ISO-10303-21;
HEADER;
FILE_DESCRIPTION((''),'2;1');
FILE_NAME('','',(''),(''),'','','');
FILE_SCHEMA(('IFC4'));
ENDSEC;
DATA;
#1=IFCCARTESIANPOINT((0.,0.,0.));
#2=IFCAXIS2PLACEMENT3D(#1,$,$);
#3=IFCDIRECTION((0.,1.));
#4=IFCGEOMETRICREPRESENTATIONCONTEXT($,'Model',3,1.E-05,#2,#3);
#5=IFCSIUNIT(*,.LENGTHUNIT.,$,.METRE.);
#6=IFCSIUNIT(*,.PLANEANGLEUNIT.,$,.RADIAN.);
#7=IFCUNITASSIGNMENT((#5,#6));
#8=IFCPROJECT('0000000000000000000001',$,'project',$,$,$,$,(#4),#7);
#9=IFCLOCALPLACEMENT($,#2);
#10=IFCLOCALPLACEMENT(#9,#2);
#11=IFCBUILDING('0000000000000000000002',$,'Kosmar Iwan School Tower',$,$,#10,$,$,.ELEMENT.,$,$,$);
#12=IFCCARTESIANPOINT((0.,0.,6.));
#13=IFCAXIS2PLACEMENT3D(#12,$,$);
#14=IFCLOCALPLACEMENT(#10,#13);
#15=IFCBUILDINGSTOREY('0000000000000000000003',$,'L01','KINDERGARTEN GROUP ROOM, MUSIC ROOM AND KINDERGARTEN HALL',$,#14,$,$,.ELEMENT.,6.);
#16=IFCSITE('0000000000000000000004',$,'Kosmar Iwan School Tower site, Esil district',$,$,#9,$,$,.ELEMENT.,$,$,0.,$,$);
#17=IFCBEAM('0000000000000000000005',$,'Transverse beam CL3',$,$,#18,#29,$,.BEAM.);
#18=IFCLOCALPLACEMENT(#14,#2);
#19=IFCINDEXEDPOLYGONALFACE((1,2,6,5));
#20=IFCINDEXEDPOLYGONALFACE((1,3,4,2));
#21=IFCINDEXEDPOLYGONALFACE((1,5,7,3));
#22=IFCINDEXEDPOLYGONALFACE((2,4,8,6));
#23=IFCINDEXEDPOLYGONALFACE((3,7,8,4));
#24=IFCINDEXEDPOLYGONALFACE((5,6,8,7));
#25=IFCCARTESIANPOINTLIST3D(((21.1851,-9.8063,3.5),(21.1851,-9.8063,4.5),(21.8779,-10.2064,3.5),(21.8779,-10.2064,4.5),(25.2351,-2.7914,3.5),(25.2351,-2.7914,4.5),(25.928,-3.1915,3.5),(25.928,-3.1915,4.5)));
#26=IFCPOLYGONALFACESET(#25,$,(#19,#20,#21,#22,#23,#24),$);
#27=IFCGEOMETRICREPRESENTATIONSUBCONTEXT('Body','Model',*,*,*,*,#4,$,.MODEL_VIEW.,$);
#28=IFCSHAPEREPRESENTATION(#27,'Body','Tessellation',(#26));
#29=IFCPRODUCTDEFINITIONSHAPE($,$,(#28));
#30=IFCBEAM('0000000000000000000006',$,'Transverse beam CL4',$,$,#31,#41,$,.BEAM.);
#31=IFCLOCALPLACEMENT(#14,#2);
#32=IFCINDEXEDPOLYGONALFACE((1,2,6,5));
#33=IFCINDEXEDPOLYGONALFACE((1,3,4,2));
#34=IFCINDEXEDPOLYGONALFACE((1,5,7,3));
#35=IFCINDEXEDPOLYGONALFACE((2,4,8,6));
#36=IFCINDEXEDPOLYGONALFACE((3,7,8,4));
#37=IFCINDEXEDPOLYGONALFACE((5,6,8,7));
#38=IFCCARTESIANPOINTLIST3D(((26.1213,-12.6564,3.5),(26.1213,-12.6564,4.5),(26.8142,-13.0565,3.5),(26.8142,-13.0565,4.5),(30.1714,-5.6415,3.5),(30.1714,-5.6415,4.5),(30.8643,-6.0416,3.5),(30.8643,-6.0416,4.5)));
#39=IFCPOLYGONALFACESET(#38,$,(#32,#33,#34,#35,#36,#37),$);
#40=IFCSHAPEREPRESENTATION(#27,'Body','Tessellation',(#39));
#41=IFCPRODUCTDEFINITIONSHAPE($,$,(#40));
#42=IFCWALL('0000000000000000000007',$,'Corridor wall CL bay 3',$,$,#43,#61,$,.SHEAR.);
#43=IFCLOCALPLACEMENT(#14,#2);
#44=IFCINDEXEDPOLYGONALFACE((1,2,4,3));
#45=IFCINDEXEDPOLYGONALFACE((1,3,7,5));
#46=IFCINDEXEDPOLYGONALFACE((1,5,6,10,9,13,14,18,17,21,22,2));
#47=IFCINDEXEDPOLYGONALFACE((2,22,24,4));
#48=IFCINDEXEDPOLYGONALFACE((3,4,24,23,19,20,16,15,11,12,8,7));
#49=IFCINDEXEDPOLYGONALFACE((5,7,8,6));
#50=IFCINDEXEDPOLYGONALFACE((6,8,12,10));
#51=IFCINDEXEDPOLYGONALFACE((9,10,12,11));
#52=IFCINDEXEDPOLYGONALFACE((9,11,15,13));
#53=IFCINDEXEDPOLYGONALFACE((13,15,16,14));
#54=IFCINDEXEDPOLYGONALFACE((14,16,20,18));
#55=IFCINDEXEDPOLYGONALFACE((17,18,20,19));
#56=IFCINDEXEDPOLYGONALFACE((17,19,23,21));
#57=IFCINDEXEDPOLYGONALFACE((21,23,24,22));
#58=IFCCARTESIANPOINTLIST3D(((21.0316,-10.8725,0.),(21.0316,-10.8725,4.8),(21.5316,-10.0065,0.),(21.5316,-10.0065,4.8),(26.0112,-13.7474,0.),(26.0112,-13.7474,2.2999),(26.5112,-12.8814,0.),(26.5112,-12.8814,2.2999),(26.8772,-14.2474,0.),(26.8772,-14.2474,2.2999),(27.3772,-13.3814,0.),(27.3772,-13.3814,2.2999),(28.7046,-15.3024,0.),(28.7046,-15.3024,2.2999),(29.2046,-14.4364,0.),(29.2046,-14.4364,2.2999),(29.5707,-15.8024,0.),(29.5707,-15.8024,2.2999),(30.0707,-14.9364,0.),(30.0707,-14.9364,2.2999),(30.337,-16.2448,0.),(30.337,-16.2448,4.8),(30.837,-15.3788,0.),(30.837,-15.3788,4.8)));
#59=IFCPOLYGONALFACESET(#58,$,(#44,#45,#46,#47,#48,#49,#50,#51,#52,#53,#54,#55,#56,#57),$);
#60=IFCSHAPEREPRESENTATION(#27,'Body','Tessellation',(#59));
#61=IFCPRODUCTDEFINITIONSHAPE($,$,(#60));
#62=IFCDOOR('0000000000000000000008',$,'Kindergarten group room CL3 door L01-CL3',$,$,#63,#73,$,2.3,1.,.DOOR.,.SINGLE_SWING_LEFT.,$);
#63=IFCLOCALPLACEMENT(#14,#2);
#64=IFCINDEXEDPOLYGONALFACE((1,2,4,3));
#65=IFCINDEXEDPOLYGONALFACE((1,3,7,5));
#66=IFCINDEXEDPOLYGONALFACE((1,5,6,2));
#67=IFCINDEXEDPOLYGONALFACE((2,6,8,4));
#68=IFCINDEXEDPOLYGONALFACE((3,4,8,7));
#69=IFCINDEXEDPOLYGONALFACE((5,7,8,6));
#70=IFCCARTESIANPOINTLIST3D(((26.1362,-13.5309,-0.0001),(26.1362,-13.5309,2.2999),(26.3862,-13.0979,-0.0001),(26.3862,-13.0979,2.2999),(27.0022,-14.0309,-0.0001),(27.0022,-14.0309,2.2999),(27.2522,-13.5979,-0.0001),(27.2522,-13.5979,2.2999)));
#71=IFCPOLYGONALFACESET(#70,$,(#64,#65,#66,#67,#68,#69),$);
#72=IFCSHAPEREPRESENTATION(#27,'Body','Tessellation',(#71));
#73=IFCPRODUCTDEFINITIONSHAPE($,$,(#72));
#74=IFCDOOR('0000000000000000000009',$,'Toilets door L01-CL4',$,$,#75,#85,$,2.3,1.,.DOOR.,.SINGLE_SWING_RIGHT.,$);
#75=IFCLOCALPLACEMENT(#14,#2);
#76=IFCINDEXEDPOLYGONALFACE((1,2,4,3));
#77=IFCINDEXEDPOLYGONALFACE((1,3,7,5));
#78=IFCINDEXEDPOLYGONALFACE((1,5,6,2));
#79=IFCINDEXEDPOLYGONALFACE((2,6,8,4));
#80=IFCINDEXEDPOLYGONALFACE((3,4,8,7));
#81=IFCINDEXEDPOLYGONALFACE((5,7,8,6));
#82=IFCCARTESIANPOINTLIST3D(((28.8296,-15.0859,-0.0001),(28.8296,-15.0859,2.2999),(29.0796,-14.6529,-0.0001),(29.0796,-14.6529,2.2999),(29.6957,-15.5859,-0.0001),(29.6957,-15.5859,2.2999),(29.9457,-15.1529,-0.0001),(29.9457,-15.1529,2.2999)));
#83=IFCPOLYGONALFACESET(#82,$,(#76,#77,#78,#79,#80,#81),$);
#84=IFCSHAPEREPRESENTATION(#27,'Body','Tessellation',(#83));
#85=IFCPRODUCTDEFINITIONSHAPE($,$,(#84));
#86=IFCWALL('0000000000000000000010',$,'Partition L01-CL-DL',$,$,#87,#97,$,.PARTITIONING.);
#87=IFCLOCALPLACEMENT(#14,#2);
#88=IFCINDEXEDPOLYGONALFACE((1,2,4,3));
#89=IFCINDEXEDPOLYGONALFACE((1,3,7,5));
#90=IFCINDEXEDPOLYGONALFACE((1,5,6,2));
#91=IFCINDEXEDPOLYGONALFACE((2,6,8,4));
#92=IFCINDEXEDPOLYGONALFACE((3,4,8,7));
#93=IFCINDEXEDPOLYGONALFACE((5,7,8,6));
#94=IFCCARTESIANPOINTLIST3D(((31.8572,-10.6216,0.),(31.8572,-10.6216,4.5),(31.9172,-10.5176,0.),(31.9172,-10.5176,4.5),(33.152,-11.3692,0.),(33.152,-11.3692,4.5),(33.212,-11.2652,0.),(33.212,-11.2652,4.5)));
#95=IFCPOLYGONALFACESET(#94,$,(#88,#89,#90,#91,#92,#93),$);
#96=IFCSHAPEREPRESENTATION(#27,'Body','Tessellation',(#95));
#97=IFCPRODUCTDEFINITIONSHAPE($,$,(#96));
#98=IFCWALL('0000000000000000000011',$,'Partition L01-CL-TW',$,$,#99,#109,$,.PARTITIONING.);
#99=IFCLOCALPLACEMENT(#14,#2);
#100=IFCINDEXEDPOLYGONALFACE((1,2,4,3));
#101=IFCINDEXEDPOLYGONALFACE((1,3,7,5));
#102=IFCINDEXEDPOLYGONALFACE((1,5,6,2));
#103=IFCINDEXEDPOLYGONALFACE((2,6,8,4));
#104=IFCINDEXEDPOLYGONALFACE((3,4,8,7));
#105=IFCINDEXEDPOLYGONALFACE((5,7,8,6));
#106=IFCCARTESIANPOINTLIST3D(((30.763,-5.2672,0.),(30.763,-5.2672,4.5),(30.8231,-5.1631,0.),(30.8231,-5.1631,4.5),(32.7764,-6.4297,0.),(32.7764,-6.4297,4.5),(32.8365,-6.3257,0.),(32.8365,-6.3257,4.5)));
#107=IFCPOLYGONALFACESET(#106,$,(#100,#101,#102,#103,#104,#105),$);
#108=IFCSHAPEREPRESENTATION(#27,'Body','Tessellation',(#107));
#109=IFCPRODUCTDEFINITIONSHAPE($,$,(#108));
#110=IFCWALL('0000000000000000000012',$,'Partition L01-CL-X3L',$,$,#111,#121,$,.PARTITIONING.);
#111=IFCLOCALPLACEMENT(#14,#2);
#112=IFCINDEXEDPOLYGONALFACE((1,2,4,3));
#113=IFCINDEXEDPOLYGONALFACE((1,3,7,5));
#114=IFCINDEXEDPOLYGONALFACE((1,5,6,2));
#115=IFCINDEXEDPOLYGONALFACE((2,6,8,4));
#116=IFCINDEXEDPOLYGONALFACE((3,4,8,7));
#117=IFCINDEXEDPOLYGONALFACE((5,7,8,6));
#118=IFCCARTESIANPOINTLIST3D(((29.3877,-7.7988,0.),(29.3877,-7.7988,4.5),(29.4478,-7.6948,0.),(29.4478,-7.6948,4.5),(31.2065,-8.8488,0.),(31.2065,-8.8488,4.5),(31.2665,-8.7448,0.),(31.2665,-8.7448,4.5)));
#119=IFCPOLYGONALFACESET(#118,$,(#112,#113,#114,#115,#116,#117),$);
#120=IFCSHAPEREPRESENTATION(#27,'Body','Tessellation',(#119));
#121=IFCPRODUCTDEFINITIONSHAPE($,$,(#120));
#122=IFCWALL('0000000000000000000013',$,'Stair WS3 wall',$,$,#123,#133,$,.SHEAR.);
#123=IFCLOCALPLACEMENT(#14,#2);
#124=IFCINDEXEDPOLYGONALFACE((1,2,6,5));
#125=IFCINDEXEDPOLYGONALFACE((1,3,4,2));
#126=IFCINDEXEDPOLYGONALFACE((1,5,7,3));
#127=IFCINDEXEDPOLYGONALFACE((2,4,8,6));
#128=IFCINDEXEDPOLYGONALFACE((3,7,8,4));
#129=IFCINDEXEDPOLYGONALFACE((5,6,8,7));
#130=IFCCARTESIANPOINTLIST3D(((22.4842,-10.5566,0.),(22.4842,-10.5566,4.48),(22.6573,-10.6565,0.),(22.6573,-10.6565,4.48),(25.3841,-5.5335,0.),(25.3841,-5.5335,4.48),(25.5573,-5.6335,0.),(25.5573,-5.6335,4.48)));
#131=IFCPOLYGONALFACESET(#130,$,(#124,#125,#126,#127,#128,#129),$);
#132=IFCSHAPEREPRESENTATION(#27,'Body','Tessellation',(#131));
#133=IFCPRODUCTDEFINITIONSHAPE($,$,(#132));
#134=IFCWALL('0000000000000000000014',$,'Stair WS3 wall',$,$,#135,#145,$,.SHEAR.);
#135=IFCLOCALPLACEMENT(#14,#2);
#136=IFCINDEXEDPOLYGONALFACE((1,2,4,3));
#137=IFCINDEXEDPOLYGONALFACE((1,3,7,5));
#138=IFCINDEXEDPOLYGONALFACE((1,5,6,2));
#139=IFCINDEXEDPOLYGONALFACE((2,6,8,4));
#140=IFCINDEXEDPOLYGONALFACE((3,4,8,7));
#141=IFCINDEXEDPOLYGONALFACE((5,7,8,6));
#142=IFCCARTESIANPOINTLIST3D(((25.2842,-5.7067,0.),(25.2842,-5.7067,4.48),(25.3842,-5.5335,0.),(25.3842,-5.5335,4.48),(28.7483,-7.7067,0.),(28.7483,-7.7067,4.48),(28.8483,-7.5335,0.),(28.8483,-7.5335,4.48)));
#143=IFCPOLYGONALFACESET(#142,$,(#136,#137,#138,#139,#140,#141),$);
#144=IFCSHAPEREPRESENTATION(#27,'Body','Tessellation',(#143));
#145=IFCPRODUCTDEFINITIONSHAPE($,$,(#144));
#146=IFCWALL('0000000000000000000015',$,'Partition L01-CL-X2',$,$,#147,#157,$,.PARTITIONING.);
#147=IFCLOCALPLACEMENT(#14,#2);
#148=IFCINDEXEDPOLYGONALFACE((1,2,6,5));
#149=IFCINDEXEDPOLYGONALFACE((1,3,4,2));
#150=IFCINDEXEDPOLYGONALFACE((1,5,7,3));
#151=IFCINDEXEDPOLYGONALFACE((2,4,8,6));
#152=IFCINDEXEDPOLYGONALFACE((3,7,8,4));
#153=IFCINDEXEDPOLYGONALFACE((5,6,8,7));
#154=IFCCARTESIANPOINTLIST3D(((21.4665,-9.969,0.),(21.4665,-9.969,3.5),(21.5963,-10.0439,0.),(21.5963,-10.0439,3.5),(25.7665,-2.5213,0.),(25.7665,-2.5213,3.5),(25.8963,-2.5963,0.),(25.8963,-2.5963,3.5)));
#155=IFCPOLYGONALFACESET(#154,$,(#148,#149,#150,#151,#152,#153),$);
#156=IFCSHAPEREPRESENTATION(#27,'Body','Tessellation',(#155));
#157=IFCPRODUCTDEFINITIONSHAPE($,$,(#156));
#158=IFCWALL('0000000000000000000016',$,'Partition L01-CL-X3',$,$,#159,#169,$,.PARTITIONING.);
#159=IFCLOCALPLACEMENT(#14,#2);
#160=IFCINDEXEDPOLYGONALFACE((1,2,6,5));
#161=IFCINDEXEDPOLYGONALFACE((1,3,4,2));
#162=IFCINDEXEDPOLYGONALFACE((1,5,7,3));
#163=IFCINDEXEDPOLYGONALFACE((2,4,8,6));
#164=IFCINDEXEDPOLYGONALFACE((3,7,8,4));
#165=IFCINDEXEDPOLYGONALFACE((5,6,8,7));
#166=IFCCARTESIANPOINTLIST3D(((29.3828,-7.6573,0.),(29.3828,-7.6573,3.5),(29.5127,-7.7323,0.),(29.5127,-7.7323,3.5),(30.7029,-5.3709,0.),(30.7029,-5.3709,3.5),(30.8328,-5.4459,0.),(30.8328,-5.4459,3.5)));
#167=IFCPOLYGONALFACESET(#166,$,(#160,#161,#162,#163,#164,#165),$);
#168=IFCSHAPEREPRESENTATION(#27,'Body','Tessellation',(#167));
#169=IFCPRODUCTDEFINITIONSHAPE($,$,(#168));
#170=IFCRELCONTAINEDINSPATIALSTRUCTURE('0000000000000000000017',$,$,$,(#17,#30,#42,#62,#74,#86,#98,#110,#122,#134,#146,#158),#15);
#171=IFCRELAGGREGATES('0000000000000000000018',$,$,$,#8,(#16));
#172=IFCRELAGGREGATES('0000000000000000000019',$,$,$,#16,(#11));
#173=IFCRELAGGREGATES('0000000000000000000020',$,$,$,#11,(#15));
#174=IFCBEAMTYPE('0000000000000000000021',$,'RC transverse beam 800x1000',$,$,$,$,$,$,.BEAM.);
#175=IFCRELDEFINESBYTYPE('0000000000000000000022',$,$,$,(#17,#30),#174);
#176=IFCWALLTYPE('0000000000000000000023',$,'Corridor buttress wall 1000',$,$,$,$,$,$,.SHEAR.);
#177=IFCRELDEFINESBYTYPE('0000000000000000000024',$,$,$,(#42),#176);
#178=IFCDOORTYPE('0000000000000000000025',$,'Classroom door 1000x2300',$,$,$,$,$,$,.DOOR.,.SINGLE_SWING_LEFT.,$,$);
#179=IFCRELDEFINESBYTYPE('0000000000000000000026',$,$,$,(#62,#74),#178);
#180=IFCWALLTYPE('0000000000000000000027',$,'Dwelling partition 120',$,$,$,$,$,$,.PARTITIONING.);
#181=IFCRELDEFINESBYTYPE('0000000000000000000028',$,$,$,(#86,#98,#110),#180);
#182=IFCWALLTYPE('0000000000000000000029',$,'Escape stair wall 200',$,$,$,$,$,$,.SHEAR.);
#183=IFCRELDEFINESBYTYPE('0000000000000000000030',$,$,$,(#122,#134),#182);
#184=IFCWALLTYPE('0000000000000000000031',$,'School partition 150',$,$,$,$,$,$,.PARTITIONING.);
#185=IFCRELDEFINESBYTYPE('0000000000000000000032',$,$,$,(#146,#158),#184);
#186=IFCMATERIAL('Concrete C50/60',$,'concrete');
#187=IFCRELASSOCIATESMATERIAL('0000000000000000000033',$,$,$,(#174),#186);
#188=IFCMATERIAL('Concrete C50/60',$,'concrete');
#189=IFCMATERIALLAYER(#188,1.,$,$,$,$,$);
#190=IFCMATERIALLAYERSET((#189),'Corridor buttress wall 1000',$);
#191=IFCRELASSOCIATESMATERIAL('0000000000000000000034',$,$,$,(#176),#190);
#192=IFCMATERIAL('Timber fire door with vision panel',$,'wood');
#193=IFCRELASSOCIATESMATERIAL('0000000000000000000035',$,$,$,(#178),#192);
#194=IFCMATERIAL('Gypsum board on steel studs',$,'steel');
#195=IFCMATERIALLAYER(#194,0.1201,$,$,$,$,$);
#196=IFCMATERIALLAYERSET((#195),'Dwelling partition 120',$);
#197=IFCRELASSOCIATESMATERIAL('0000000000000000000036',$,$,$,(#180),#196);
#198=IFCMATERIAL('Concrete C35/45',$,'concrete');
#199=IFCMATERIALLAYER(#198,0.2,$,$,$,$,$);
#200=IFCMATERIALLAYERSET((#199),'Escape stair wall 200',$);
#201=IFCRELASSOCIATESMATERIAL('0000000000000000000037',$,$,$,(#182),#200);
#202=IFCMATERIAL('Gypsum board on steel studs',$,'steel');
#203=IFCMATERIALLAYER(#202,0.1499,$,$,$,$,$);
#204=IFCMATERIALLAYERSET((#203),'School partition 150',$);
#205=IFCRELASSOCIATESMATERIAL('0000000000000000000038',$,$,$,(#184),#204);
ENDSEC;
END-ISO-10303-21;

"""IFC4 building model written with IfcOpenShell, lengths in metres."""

from ifc_helpers import new_model, si_unit, direction, frame, frame_2d, origin, origin_2d, place, context, subcontext, project, spatial, rectangle, extrude, material, layer, layer_set, material_profile, profile_set, type_object, element, fill, save


model = new_model("IFC4")

# Units and contexts
model_context = context("Model", 3, precision=1e-05, world=origin(), true_north=direction((0.0, 1.0)))
body_context = subcontext(model_context, "Body", "Model", "MODEL_VIEW")
ifc_project = project(units=[si_unit("LENGTHUNIT", "METRE"), si_unit("PLANEANGLEUNIT", "RADIAN")], contexts=[model_context])

# Site, building, storey
site_placement = place(None, origin())
site = spatial("IfcSite", under=ifc_project, at=site_placement, Name="Kosmar Iwan School Tower site, Esil district", CompositionType="ELEMENT", RefElevation=0.0)
building_placement = place(site_placement, origin())
building = spatial("IfcBuilding", under=site, at=building_placement, Name="Kosmar Iwan School Tower", CompositionType="ELEMENT")
storey_placement = place(building_placement, frame((0.0, 0.0, 6.0)))
storey = spatial("IfcBuildingStorey", under=building, at=storey_placement, Name="L01", Description="KINDERGARTEN GROUP ROOM, MUSIC ROOM AND KINDERGARTEN HALL", CompositionType="ELEMENT", Elevation=6.0)

# Beams
ifc_material_1 = material(Name="Concrete C50/60", Category="concrete")
ifc_material_profile_1 = material_profile(ifc_material_1, rectangle(XDim=0.8, YDim=1.0, at=origin_2d()), Name="RC 800x1000")
ifc_profile_set_1 = profile_set([ifc_material_profile_1], Name="Concrete C50/60")
beam_type_1 = type_object("IfcBeamType", Name="RC transverse beam 800x1000", PredefinedType="BEAM", material=ifc_profile_set_1)
for number, where, z_axis, x_axis, name in (
    (1, (25.5815, -2.9915, 4.0), (-0.5, -0.866025, 0.0), (0.866025, -0.5, 0.0), "Transverse beam CL3"),
    (2, (30.5178, -5.8416, 4.0), (-0.5, -0.866025, 0.0), (0.866025, -0.5, 0.0), "Transverse beam CL4"),
):
    element("IfcBeam", number, at=place(storey_placement, frame(where, z_axis=z_axis, x_axis=x_axis)), inside=storey, type_object=beam_type_1, Name=name, PredefinedType="BEAM", context=body_context, shape_type="SweptSolid", body=[
        extrude(rectangle(XDim=0.8, YDim=1.0, at=origin_2d()), origin(), (0.0, 0.0, 1.0), 8.1001),
    ])

# Wall, openings, doors
ifc_material_2 = material(Name="Concrete C50/60", Category="concrete")
ifc_layer_1 = layer(ifc_material_2, 1.0)
ifc_layer_set_1 = layer_set([ifc_layer_1], Name="Corridor buttress wall 1000")
wall_type_1 = type_object("IfcWallType", Name="Corridor buttress wall 1000", PredefinedType="SHEAR", material=ifc_layer_set_1)
wall_1_placement = place(storey_placement, frame((21.2815, -10.4395, 0.0), z_axis=(0.0, 0.0, 1.0), x_axis=(0.866032, -0.499988, 0.0)))
wall_1 = element("IfcWall", 3, at=wall_1_placement, inside=storey, type_object=wall_type_1, Name="Corridor wall CL bay 3", PredefinedType="SHEAR", context=body_context, shape_type="SweptSolid", body=[
    extrude(rectangle(XDim=10.7449, YDim=1.0, at=frame_2d((5.3726, 0.0))), origin(), (0.0, 0.0, 1.0), 4.8),
])
opening_1_placement = place(wall_1_placement, frame((5.75, 0.0, 0.0)))
opening_1 = element("IfcOpeningElement", 4, at=opening_1_placement, cuts=wall_1, PredefinedType="OPENING", context=body_context, shape_type="SweptSolid", body=[
    extrude(rectangle(XDim=1.0, YDim=2.3, at=frame_2d((0.5, 1.1499))), frame((0.0, 0.512, 0.0), z_axis=(0.0, -1.0, 0.0), x_axis=(1.0, 0.0, 0.0)), (0.0, 0.0, 1.0), 1.0239),
])
opening_2_placement = place(wall_1_placement, frame((8.8601, 0.0, 0.0)))
opening_2 = element("IfcOpeningElement", 5, at=opening_2_placement, cuts=wall_1, PredefinedType="OPENING", context=body_context, shape_type="SweptSolid", body=[
    extrude(rectangle(XDim=1.0, YDim=2.3, at=frame_2d((0.5, 1.1499))), frame((0.0, 0.512, 0.0), z_axis=(0.0, -1.0, 0.0), x_axis=(1.0, 0.0, 0.0)), (0.0, 0.0, 1.0), 1.0239),
])
ifc_material_3 = material(Name="Timber fire door with vision panel", Category="wood")
door_type = type_object("IfcDoorType", Name="Classroom door 1000x2300", OperationType="SINGLE_SWING_LEFT", PredefinedType="DOOR", material=ifc_material_3)
door_1_placement = place(opening_1_placement, origin())
door_1 = element("IfcDoor", 6, at=door_1_placement, inside=storey, type_object=door_type, Name="Kindergarten group room CL3 door L01-CL3", OperationType="SINGLE_SWING_LEFT", OverallHeight=2.3, OverallWidth=1.0, PredefinedType="DOOR", context=body_context, shape_type="SweptSolid", body=[
    extrude(rectangle(XDim=1.0, YDim=2.3, at=frame_2d((0.5, 1.1499))), frame((0.0, 0.25, 0.0), z_axis=(0.0, -1.0, 0.0), x_axis=(1.0, 0.0, 0.0)), (0.0, 0.0, 1.0), 0.5),
])
fill(opening_1, door_1)
door_2_placement = place(opening_2_placement, origin())
door_2 = element("IfcDoor", 7, at=door_2_placement, inside=storey, type_object=door_type, Name="Toilets door L01-CL4", OperationType="SINGLE_SWING_RIGHT", OverallHeight=2.3, OverallWidth=1.0, PredefinedType="DOOR", context=body_context, shape_type="SweptSolid", body=[
    extrude(rectangle(XDim=1.0, YDim=2.3, at=frame_2d((0.5, 1.1499))), frame((0.0, 0.25, 0.0), z_axis=(0.0, -1.0, 0.0), x_axis=(1.0, 0.0, 0.0)), (0.0, 0.0, 1.0), 0.5),
])
fill(opening_2, door_2)

# Walls
ifc_material_4 = material(Name="Gypsum board on steel studs", Category="steel")
ifc_layer_2 = layer(ifc_material_4, 0.1201)
ifc_layer_set_2 = layer_set([ifc_layer_2], Name="Dwelling partition 120")
wall_type_2 = type_object("IfcWallType", Name="Dwelling partition 120", PredefinedType="PARTITIONING", material=ifc_layer_set_2)
wall_2_placement = place(storey_placement, frame((31.8872, -10.5696, 0.0), z_axis=(0.0, 0.0, 1.0), x_axis=(0.866003, -0.500038, 0.0)))
element("IfcWall", 8, at=wall_2_placement, inside=storey, type_object=wall_type_2, Name="Partition L01-CL-DL", PredefinedType="PARTITIONING", context=body_context, shape_type="SweptSolid", body=[
    extrude(rectangle(XDim=1.4951, YDim=0.1201, at=frame_2d((0.7476, 0.0))), origin(), (0.0, 0.0, 1.0), 4.5),
])
wall_3_placement = place(storey_placement, frame((30.793, -5.2151, 0.0), z_axis=(0.0, 0.0, 1.0), x_axis=(0.865998, -0.500047, 0.0)))
element("IfcWall", 9, at=wall_3_placement, inside=storey, type_object=wall_type_2, Name="Partition L01-CL-TW", PredefinedType="PARTITIONING", context=body_context, shape_type="SweptSolid", body=[
    extrude(rectangle(XDim=2.325, YDim=0.1201, at=frame_2d((1.1626, 0.0))), origin(), (0.0, 0.0, 1.0), 4.5),
])
wall_4_placement = place(storey_placement, frame((29.4177, -7.7468, 0.0), z_axis=(0.0, 0.0, 1.0), x_axis=(0.866038, -0.499977, 0.0)))
element("IfcWall", 10, at=wall_4_placement, inside=storey, type_object=wall_type_2, Name="Partition L01-CL-X3L", PredefinedType="PARTITIONING", context=body_context, shape_type="SweptSolid", body=[
    extrude(rectangle(XDim=2.1001, YDim=0.1201, at=frame_2d((1.05, 0.0))), origin(), (0.0, 0.0, 1.0), 4.5),
])
ifc_material_5 = material(Name="Concrete C35/45", Category="concrete")
ifc_layer_3 = layer(ifc_material_5, 0.2)
ifc_layer_set_3 = layer_set([ifc_layer_3], Name="Escape stair wall 200")
wall_type_3 = type_object("IfcWallType", Name="Escape stair wall 200", PredefinedType="SHEAR", material=ifc_layer_set_3)
wall_5_placement = place(storey_placement, frame((22.5708, -10.6064, 0.0), z_axis=(0.0, 0.0, 1.0), x_axis=(0.499987, 0.866033, 0.0)))
element("IfcWall", 11, at=wall_5_placement, inside=storey, type_object=wall_type_3, Name="Stair WS3 wall", PredefinedType="SHEAR", context=body_context, shape_type="SweptSolid", body=[
    extrude(rectangle(XDim=5.8, YDim=0.2, at=frame_2d((2.8999, 0.0))), origin(), (0.0, 0.0, 1.0), 4.48),
])
wall_6_placement = place(storey_placement, frame((25.3342, -5.6201, 0.0), z_axis=(0.0, 0.0, 1.0), x_axis=(0.866026, -0.499999, 0.0)))
element("IfcWall", 12, at=wall_6_placement, inside=storey, type_object=wall_type_3, Name="Stair WS3 wall", PredefinedType="SHEAR", context=body_context, shape_type="SweptSolid", body=[
    extrude(rectangle(XDim=4.0, YDim=0.2, at=frame_2d((2.0, 0.0))), origin(), (0.0, 0.0, 1.0), 4.48),
])
ifc_material_6 = material(Name="Gypsum board on steel studs", Category="steel")
ifc_layer_4 = layer(ifc_material_6, 0.1499)
ifc_layer_set_4 = layer_set([ifc_layer_4], Name="School partition 150")
wall_type_4 = type_object("IfcWallType", Name="School partition 150", PredefinedType="PARTITIONING", material=ifc_layer_set_4)
wall_7_placement = place(storey_placement, frame((21.5315, -10.0063, 0.0), z_axis=(0.0, 0.0, 1.0), x_axis=(0.500008, 0.866021, 0.0)))
element("IfcWall", 13, at=wall_7_placement, inside=storey, type_object=wall_type_4, Name="Partition L01-CL-X2", PredefinedType="PARTITIONING", context=body_context, shape_type="SweptSolid", body=[
    extrude(rectangle(XDim=8.5999, YDim=0.1499, at=frame_2d((4.2998, 0.0))), origin(), (0.0, 0.0, 1.0), 3.5),
])
wall_8_placement = place(storey_placement, frame((29.4478, -7.6948, 0.0), z_axis=(0.0, 0.0, 1.0), x_axis=(0.500008, 0.866021, 0.0)))
element("IfcWall", 14, at=wall_8_placement, inside=storey, type_object=wall_type_4, Name="Partition L01-CL-X3", PredefinedType="PARTITIONING", context=body_context, shape_type="SweptSolid", body=[
    extrude(rectangle(XDim=2.6401, YDim=0.1499, at=frame_2d((1.3201, 0.0))), origin(), (0.0, 0.0, 1.0), 3.5),
])

save(model, "model.ifc")
